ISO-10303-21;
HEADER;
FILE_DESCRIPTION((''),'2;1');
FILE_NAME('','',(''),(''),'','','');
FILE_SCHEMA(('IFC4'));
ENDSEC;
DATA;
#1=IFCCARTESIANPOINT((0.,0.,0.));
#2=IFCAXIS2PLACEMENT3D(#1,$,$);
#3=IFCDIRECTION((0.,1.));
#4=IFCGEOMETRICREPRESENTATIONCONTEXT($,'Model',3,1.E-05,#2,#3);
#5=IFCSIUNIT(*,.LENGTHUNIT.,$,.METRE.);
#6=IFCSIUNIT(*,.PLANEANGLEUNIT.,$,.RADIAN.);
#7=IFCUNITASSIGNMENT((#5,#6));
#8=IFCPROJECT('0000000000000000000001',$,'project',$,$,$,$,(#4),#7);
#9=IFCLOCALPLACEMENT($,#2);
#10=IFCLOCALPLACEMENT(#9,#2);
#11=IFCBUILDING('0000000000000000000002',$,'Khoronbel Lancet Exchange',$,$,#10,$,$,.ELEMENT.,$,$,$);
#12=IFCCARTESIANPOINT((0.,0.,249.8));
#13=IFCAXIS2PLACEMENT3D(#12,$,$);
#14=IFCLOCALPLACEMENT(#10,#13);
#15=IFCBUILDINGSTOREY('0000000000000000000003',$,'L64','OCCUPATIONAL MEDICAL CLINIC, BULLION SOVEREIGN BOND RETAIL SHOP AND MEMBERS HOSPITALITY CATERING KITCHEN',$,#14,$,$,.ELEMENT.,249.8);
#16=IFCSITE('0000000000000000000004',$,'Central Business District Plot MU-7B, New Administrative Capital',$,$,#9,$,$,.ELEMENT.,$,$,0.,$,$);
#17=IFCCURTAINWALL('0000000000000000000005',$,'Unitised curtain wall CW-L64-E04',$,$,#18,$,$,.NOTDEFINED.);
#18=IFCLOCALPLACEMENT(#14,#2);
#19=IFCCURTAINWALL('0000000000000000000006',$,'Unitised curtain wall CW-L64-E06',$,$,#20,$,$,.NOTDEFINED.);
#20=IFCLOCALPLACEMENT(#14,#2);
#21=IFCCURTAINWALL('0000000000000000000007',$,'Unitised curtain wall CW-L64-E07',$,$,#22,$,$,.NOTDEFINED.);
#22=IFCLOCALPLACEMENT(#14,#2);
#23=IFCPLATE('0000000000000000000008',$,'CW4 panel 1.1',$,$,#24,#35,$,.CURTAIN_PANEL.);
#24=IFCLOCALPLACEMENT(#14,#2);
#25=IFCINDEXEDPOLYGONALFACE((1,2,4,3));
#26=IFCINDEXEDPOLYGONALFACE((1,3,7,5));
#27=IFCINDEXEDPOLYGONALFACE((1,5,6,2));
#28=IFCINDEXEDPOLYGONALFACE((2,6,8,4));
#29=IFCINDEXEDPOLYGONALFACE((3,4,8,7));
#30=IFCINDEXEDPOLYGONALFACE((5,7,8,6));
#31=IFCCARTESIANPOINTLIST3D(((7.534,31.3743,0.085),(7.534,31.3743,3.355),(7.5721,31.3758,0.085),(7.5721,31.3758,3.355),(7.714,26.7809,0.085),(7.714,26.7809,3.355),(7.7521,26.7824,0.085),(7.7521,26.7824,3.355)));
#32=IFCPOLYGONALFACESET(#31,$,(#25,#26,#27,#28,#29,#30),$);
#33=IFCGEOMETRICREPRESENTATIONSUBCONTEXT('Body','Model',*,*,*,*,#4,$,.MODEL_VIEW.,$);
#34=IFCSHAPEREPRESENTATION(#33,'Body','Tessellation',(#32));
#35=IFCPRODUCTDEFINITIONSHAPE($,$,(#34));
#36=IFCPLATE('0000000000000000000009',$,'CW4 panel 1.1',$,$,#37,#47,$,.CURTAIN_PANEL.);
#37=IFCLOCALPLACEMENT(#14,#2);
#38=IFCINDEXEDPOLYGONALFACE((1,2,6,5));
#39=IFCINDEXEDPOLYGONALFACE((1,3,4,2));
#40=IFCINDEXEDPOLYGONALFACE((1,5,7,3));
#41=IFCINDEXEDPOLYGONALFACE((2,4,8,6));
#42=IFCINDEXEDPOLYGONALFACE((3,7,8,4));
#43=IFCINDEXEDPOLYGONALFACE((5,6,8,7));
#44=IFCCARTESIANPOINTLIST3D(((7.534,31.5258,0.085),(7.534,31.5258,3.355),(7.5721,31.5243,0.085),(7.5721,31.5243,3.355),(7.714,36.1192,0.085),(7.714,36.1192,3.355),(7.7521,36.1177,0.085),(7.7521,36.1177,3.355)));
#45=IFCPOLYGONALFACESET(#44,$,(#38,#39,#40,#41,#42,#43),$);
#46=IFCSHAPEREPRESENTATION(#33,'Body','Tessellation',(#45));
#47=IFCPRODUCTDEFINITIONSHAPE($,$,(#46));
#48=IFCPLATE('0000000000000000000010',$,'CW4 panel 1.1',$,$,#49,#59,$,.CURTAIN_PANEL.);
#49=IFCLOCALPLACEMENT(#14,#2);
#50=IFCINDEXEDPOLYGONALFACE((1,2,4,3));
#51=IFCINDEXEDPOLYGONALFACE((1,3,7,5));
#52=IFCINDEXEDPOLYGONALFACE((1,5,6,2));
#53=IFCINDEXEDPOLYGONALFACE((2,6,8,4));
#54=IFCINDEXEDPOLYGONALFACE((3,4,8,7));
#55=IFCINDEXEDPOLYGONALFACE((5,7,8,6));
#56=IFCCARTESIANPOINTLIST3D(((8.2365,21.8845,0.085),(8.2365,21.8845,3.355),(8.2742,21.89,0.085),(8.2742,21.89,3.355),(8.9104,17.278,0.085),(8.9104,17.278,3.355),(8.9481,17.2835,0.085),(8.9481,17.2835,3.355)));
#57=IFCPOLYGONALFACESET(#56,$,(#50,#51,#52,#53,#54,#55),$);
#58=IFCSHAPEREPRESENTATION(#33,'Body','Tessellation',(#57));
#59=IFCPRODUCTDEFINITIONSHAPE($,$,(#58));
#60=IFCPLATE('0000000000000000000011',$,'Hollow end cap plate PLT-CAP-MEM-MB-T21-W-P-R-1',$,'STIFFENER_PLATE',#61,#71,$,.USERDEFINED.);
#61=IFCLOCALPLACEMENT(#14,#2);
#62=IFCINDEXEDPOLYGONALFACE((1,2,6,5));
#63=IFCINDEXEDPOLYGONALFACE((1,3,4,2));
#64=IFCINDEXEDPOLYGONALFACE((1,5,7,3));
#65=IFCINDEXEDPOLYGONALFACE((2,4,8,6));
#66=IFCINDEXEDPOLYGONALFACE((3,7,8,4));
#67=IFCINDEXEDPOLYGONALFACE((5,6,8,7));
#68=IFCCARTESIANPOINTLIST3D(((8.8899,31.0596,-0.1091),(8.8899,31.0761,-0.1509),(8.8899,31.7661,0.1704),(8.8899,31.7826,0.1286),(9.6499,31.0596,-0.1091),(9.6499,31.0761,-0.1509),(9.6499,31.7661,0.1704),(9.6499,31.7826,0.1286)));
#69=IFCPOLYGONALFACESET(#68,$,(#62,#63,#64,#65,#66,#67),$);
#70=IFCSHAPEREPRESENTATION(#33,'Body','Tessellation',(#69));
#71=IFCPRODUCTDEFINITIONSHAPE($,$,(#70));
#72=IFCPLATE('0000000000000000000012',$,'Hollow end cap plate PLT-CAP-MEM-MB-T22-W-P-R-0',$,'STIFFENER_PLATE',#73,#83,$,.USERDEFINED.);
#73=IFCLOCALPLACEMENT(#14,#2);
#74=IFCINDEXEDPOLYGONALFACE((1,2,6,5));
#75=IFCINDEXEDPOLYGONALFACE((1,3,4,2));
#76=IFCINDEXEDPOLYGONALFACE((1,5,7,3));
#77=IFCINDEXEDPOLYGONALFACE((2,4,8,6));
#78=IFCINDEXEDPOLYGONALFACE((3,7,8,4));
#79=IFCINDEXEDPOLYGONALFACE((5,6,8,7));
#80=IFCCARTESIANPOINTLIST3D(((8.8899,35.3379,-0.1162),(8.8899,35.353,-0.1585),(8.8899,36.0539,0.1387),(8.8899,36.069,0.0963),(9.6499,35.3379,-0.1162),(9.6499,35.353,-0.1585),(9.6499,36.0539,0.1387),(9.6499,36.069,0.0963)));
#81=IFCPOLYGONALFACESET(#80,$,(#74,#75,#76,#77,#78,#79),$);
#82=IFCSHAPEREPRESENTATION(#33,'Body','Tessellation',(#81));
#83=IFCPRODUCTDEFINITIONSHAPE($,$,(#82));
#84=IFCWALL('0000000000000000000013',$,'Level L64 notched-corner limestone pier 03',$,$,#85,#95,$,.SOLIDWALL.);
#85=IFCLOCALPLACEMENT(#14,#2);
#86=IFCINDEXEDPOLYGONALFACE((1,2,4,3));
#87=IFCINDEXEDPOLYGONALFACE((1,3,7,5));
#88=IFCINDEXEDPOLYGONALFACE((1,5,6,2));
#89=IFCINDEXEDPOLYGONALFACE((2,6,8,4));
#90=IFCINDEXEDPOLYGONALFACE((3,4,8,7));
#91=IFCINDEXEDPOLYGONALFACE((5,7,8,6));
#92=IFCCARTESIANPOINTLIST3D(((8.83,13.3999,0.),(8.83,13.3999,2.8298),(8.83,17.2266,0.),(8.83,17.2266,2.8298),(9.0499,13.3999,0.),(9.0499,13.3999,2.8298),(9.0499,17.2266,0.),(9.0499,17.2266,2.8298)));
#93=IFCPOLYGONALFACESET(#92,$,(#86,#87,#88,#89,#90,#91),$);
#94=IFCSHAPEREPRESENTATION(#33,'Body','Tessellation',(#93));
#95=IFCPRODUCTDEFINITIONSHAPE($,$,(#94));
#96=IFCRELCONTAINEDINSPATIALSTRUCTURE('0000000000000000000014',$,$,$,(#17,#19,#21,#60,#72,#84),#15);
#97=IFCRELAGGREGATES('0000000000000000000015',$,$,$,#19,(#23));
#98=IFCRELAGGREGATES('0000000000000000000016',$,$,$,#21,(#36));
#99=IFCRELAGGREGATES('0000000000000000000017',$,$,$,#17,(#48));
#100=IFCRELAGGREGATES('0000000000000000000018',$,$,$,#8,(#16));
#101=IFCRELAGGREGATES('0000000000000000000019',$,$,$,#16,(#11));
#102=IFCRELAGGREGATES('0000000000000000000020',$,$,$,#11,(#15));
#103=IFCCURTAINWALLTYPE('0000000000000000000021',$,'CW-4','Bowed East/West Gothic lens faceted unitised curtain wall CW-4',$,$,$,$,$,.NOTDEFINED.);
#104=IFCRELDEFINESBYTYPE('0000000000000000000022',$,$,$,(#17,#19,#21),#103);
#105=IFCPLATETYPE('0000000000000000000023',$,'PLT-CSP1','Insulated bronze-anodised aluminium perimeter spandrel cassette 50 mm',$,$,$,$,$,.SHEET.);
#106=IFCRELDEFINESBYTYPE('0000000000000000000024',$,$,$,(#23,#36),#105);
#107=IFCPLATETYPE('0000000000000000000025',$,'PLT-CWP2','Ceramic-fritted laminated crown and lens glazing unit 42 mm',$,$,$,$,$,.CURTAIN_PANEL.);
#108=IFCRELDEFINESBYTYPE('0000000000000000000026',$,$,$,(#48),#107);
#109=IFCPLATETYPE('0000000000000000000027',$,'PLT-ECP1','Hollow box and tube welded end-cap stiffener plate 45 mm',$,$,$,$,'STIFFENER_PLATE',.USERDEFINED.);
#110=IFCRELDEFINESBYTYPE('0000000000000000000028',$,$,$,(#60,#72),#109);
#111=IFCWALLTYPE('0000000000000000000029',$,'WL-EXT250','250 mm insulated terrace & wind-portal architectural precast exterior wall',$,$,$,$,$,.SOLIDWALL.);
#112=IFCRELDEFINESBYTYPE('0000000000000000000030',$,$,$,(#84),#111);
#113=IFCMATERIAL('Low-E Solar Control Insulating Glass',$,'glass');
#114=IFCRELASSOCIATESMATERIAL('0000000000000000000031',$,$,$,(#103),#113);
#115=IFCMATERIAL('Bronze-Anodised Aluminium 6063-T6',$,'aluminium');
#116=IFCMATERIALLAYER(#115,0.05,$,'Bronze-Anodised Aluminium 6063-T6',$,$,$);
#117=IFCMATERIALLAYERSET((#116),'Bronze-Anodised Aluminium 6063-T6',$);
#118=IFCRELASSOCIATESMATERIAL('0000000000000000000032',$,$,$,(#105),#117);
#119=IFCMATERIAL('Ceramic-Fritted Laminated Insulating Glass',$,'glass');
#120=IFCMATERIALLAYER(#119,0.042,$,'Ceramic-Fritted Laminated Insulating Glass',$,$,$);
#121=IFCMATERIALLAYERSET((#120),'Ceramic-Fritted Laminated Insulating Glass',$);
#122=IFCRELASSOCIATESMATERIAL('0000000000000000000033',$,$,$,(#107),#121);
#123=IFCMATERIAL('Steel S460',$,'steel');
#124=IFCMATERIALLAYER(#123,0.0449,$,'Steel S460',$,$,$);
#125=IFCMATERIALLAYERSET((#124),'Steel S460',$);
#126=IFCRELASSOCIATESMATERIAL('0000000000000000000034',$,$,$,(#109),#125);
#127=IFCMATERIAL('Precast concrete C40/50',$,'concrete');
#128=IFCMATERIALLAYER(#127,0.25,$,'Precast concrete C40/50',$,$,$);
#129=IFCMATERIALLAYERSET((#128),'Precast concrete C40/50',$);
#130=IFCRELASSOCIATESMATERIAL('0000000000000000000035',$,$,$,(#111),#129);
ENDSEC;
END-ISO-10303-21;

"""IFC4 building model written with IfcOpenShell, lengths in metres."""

from ifc_helpers import new_model, si_unit, direction, frame, frame_2d, origin, origin_2d, place, context, subcontext, project, spatial, polyline, rectangle, outline, extrude, material, layer, layer_set, type_object, element, aggregate, save


model = new_model("IFC4")

# Units and contexts
model_context = context("Model", 3, precision=1e-05, world=origin(), true_north=direction((0.0, 1.0)))
body_context = subcontext(model_context, "Body", "Model", "MODEL_VIEW")
ifc_project = project(units=[si_unit("LENGTHUNIT", "METRE"), si_unit("PLANEANGLEUNIT", "RADIAN")], contexts=[model_context])

# Site, building, storey
site_placement = place(None, origin())
site = spatial("IfcSite", under=ifc_project, at=site_placement, Name="Central Business District Plot MU-7B, New Administrative Capital", CompositionType="ELEMENT", RefElevation=0.0)
building_placement = place(site_placement, origin())
building = spatial("IfcBuilding", under=site, at=building_placement, Name="Khoronbel Lancet Exchange", CompositionType="ELEMENT")
storey_placement = place(building_placement, frame((0.0, 0.0, 249.8)))
storey = spatial("IfcBuildingStorey", under=building, at=storey_placement, Name="L64", Description="OCCUPATIONAL MEDICAL CLINIC, BULLION SOVEREIGN BOND RETAIL SHOP AND MEMBERS HOSPITALITY CATERING KITCHEN", CompositionType="ELEMENT", Elevation=249.8)

# Curtain walls
ifc_material_1 = material(Name="Low-E Solar Control Insulating Glass", Category="glass")
curtain_wall_type = type_object("IfcCurtainWallType", Name="CW-4", Description="Bowed East/West Gothic lens faceted unitised curtain wall CW-4", PredefinedType="NOTDEFINED", material=ifc_material_1)
curtain_wall_1_placement = place(storey_placement, origin())
curtain_wall_1 = element("IfcCurtainWall", 1, at=curtain_wall_1_placement, inside=storey, type_object=curtain_wall_type, Name="Unitised curtain wall CW-L64-E04", PredefinedType="NOTDEFINED")
ifc_material_2 = material(Name="Bronze-Anodised Aluminium 6063-T6", Category="aluminium")
curtain_wall_2_placement = place(storey_placement, origin())
curtain_wall_2 = element("IfcCurtainWall", 2, at=curtain_wall_2_placement, inside=storey, type_object=curtain_wall_type, Name="Unitised curtain wall CW-L64-E06", PredefinedType="NOTDEFINED")

# Curtain wall
curtain_wall_3_placement = place(storey_placement, origin())
curtain_wall_3 = element("IfcCurtainWall", 3, at=curtain_wall_3_placement, inside=storey, type_object=curtain_wall_type, Name="Unitised curtain wall CW-L64-E07", PredefinedType="NOTDEFINED")

# Plates
ifc_layer_1 = layer(ifc_material_2, 0.05, Name="Bronze-Anodised Aluminium 6063-T6")
ifc_layer_set_1 = layer_set([ifc_layer_1], Name="Bronze-Anodised Aluminium 6063-T6")
plate_type_1 = type_object("IfcPlateType", Name="PLT-CSP1", Description="Insulated bronze-anodised aluminium perimeter spandrel cassette 50 mm", PredefinedType="SHEET", material=ifc_layer_set_1)
plate_1_placement = place(storey_placement, frame((7.6431, 29.0784, 0.085), z_axis=(0.0, 0.0, 1.0), x_axis=(-0.039161, 0.999233, 0.0)))
plate_1 = element("IfcPlate", 4, at=plate_1_placement, type_object=plate_type_1, Name="CW4 panel 1.1", PredefinedType="CURTAIN_PANEL", context=body_context, shape_type="SweptSolid", body=[
    extrude(rectangle(XDim=4.5969, YDim=0.0381, at=origin_2d()), origin(), (0.0, 0.0, 1.0), 3.27),
])
aggregate(curtain_wall_2, [plate_1])
plate_2_placement = place(storey_placement, frame((7.6431, 33.8218, 0.085), z_axis=(0.0, 0.0, 1.0), x_axis=(0.039161, 0.999233, 0.0)))
plate_2 = element("IfcPlate", 5, at=plate_2_placement, type_object=plate_type_1, Name="CW4 panel 1.1", PredefinedType="CURTAIN_PANEL", context=body_context, shape_type="SweptSolid", body=[
    extrude(rectangle(XDim=4.5969, YDim=0.0381, at=origin_2d()), origin(), (0.0, 0.0, 1.0), 3.27),
])
aggregate(curtain_wall_3, [plate_2])
ifc_material_3 = material(Name="Ceramic-Fritted Laminated Insulating Glass", Category="glass")
ifc_layer_2 = layer(ifc_material_3, 0.042, Name="Ceramic-Fritted Laminated Insulating Glass")
ifc_layer_set_2 = layer_set([ifc_layer_2], Name="Ceramic-Fritted Laminated Insulating Glass")
plate_type_2 = type_object("IfcPlateType", Name="PLT-CWP2", Description="Ceramic-fritted laminated crown and lens glazing unit 42 mm", PredefinedType="CURTAIN_PANEL", material=ifc_layer_set_2)
plate_3_placement = place(storey_placement, frame((8.5923, 19.584, 0.085), z_axis=(0.0, 0.0, 1.0), x_axis=(-0.144753, 0.989468, 0.0)))
plate_3 = element("IfcPlate", 6, at=plate_3_placement, type_object=plate_type_2, Name="CW4 panel 1.1", PredefinedType="CURTAIN_PANEL", context=body_context, shape_type="SweptSolid", body=[
    extrude(rectangle(XDim=4.6555, YDim=0.0381, at=origin_2d()), origin(), (0.0, 0.0, 1.0), 3.27),
])
aggregate(curtain_wall_1, [plate_3])

# Plates
ifc_material_4 = material(Name="Steel S460", Category="steel")
ifc_layer_3 = layer(ifc_material_4, 0.0449, Name="Steel S460")
ifc_layer_set_3 = layer_set([ifc_layer_3], Name="Steel S460")
plate_type_3 = type_object("IfcPlateType", Name="PLT-ECP1", Description="Hollow box and tube welded end-cap stiffener plate 45 mm", ElementType="STIFFENER_PLATE", PredefinedType="USERDEFINED", material=ifc_layer_set_3)
plate_4_placement = place(storey_placement, frame((8.8899, 31.0596, -0.1091), z_axis=(0.0, -0.367898, 0.929866), x_axis=(1.0, 0.0, 0.0)))
element("IfcPlate", 7, at=plate_4_placement, inside=storey, type_object=plate_type_3, Name="Hollow end cap plate PLT-CAP-MEM-MB-T21-W-P-R-1", ObjectType="STIFFENER_PLATE", PredefinedType="USERDEFINED", context=body_context, shape_type="SweptSolid", body=[
    extrude(outline(polyline([(0.0, 0.0), (0.76, 0.0), (0.76, 0.7598), (0.0, 0.7598), (0.0, 0.0)])), origin(), (0.0, 0.0, -1.0), 0.0449),
])
plate_5_placement = place(storey_placement, frame((8.8899, 35.3379, -0.1162), z_axis=(0.0, -0.335339, 0.942097), x_axis=(1.0, 0.0, 0.0)))
element("IfcPlate", 8, at=plate_5_placement, inside=storey, type_object=plate_type_3, Name="Hollow end cap plate PLT-CAP-MEM-MB-T22-W-P-R-0", ObjectType="STIFFENER_PLATE", PredefinedType="USERDEFINED", context=body_context, shape_type="SweptSolid", body=[
    extrude(outline(polyline([(0.0, 0.0), (0.76, 0.0), (0.76, 0.76), (0.0, 0.76), (0.0, 0.0)])), origin(), (0.0, 0.0, -1.0), 0.0449),
])

# Wall
ifc_material_5 = material(Name="Precast concrete C40/50", Category="concrete")
ifc_layer_4 = layer(ifc_material_5, 0.25, Name="Precast concrete C40/50")
ifc_layer_set_4 = layer_set([ifc_layer_4], Name="Precast concrete C40/50")
wall_type = type_object("IfcWallType", Name="WL-EXT250", Description="250 mm insulated terrace & wind-portal architectural precast exterior wall", PredefinedType="SOLIDWALL", material=ifc_layer_set_4)
wall_placement = place(storey_placement, frame((8.9399, 13.3999, 0.0), z_axis=(0.0, 0.0, 1.0), x_axis=(0.0, 1.0, 0.0)))
element("IfcWall", 9, at=wall_placement, inside=storey, type_object=wall_type, Name="Level L64 notched-corner limestone pier 03", PredefinedType="SOLIDWALL", context=body_context, shape_type="SweptSolid", body=[
    extrude(rectangle(XDim=3.8267, YDim=0.22, at=frame_2d((1.9133, 0.0))), origin(), (0.0, 0.0, 1.0), 2.8298),
])

save(model, "model.ifc")
